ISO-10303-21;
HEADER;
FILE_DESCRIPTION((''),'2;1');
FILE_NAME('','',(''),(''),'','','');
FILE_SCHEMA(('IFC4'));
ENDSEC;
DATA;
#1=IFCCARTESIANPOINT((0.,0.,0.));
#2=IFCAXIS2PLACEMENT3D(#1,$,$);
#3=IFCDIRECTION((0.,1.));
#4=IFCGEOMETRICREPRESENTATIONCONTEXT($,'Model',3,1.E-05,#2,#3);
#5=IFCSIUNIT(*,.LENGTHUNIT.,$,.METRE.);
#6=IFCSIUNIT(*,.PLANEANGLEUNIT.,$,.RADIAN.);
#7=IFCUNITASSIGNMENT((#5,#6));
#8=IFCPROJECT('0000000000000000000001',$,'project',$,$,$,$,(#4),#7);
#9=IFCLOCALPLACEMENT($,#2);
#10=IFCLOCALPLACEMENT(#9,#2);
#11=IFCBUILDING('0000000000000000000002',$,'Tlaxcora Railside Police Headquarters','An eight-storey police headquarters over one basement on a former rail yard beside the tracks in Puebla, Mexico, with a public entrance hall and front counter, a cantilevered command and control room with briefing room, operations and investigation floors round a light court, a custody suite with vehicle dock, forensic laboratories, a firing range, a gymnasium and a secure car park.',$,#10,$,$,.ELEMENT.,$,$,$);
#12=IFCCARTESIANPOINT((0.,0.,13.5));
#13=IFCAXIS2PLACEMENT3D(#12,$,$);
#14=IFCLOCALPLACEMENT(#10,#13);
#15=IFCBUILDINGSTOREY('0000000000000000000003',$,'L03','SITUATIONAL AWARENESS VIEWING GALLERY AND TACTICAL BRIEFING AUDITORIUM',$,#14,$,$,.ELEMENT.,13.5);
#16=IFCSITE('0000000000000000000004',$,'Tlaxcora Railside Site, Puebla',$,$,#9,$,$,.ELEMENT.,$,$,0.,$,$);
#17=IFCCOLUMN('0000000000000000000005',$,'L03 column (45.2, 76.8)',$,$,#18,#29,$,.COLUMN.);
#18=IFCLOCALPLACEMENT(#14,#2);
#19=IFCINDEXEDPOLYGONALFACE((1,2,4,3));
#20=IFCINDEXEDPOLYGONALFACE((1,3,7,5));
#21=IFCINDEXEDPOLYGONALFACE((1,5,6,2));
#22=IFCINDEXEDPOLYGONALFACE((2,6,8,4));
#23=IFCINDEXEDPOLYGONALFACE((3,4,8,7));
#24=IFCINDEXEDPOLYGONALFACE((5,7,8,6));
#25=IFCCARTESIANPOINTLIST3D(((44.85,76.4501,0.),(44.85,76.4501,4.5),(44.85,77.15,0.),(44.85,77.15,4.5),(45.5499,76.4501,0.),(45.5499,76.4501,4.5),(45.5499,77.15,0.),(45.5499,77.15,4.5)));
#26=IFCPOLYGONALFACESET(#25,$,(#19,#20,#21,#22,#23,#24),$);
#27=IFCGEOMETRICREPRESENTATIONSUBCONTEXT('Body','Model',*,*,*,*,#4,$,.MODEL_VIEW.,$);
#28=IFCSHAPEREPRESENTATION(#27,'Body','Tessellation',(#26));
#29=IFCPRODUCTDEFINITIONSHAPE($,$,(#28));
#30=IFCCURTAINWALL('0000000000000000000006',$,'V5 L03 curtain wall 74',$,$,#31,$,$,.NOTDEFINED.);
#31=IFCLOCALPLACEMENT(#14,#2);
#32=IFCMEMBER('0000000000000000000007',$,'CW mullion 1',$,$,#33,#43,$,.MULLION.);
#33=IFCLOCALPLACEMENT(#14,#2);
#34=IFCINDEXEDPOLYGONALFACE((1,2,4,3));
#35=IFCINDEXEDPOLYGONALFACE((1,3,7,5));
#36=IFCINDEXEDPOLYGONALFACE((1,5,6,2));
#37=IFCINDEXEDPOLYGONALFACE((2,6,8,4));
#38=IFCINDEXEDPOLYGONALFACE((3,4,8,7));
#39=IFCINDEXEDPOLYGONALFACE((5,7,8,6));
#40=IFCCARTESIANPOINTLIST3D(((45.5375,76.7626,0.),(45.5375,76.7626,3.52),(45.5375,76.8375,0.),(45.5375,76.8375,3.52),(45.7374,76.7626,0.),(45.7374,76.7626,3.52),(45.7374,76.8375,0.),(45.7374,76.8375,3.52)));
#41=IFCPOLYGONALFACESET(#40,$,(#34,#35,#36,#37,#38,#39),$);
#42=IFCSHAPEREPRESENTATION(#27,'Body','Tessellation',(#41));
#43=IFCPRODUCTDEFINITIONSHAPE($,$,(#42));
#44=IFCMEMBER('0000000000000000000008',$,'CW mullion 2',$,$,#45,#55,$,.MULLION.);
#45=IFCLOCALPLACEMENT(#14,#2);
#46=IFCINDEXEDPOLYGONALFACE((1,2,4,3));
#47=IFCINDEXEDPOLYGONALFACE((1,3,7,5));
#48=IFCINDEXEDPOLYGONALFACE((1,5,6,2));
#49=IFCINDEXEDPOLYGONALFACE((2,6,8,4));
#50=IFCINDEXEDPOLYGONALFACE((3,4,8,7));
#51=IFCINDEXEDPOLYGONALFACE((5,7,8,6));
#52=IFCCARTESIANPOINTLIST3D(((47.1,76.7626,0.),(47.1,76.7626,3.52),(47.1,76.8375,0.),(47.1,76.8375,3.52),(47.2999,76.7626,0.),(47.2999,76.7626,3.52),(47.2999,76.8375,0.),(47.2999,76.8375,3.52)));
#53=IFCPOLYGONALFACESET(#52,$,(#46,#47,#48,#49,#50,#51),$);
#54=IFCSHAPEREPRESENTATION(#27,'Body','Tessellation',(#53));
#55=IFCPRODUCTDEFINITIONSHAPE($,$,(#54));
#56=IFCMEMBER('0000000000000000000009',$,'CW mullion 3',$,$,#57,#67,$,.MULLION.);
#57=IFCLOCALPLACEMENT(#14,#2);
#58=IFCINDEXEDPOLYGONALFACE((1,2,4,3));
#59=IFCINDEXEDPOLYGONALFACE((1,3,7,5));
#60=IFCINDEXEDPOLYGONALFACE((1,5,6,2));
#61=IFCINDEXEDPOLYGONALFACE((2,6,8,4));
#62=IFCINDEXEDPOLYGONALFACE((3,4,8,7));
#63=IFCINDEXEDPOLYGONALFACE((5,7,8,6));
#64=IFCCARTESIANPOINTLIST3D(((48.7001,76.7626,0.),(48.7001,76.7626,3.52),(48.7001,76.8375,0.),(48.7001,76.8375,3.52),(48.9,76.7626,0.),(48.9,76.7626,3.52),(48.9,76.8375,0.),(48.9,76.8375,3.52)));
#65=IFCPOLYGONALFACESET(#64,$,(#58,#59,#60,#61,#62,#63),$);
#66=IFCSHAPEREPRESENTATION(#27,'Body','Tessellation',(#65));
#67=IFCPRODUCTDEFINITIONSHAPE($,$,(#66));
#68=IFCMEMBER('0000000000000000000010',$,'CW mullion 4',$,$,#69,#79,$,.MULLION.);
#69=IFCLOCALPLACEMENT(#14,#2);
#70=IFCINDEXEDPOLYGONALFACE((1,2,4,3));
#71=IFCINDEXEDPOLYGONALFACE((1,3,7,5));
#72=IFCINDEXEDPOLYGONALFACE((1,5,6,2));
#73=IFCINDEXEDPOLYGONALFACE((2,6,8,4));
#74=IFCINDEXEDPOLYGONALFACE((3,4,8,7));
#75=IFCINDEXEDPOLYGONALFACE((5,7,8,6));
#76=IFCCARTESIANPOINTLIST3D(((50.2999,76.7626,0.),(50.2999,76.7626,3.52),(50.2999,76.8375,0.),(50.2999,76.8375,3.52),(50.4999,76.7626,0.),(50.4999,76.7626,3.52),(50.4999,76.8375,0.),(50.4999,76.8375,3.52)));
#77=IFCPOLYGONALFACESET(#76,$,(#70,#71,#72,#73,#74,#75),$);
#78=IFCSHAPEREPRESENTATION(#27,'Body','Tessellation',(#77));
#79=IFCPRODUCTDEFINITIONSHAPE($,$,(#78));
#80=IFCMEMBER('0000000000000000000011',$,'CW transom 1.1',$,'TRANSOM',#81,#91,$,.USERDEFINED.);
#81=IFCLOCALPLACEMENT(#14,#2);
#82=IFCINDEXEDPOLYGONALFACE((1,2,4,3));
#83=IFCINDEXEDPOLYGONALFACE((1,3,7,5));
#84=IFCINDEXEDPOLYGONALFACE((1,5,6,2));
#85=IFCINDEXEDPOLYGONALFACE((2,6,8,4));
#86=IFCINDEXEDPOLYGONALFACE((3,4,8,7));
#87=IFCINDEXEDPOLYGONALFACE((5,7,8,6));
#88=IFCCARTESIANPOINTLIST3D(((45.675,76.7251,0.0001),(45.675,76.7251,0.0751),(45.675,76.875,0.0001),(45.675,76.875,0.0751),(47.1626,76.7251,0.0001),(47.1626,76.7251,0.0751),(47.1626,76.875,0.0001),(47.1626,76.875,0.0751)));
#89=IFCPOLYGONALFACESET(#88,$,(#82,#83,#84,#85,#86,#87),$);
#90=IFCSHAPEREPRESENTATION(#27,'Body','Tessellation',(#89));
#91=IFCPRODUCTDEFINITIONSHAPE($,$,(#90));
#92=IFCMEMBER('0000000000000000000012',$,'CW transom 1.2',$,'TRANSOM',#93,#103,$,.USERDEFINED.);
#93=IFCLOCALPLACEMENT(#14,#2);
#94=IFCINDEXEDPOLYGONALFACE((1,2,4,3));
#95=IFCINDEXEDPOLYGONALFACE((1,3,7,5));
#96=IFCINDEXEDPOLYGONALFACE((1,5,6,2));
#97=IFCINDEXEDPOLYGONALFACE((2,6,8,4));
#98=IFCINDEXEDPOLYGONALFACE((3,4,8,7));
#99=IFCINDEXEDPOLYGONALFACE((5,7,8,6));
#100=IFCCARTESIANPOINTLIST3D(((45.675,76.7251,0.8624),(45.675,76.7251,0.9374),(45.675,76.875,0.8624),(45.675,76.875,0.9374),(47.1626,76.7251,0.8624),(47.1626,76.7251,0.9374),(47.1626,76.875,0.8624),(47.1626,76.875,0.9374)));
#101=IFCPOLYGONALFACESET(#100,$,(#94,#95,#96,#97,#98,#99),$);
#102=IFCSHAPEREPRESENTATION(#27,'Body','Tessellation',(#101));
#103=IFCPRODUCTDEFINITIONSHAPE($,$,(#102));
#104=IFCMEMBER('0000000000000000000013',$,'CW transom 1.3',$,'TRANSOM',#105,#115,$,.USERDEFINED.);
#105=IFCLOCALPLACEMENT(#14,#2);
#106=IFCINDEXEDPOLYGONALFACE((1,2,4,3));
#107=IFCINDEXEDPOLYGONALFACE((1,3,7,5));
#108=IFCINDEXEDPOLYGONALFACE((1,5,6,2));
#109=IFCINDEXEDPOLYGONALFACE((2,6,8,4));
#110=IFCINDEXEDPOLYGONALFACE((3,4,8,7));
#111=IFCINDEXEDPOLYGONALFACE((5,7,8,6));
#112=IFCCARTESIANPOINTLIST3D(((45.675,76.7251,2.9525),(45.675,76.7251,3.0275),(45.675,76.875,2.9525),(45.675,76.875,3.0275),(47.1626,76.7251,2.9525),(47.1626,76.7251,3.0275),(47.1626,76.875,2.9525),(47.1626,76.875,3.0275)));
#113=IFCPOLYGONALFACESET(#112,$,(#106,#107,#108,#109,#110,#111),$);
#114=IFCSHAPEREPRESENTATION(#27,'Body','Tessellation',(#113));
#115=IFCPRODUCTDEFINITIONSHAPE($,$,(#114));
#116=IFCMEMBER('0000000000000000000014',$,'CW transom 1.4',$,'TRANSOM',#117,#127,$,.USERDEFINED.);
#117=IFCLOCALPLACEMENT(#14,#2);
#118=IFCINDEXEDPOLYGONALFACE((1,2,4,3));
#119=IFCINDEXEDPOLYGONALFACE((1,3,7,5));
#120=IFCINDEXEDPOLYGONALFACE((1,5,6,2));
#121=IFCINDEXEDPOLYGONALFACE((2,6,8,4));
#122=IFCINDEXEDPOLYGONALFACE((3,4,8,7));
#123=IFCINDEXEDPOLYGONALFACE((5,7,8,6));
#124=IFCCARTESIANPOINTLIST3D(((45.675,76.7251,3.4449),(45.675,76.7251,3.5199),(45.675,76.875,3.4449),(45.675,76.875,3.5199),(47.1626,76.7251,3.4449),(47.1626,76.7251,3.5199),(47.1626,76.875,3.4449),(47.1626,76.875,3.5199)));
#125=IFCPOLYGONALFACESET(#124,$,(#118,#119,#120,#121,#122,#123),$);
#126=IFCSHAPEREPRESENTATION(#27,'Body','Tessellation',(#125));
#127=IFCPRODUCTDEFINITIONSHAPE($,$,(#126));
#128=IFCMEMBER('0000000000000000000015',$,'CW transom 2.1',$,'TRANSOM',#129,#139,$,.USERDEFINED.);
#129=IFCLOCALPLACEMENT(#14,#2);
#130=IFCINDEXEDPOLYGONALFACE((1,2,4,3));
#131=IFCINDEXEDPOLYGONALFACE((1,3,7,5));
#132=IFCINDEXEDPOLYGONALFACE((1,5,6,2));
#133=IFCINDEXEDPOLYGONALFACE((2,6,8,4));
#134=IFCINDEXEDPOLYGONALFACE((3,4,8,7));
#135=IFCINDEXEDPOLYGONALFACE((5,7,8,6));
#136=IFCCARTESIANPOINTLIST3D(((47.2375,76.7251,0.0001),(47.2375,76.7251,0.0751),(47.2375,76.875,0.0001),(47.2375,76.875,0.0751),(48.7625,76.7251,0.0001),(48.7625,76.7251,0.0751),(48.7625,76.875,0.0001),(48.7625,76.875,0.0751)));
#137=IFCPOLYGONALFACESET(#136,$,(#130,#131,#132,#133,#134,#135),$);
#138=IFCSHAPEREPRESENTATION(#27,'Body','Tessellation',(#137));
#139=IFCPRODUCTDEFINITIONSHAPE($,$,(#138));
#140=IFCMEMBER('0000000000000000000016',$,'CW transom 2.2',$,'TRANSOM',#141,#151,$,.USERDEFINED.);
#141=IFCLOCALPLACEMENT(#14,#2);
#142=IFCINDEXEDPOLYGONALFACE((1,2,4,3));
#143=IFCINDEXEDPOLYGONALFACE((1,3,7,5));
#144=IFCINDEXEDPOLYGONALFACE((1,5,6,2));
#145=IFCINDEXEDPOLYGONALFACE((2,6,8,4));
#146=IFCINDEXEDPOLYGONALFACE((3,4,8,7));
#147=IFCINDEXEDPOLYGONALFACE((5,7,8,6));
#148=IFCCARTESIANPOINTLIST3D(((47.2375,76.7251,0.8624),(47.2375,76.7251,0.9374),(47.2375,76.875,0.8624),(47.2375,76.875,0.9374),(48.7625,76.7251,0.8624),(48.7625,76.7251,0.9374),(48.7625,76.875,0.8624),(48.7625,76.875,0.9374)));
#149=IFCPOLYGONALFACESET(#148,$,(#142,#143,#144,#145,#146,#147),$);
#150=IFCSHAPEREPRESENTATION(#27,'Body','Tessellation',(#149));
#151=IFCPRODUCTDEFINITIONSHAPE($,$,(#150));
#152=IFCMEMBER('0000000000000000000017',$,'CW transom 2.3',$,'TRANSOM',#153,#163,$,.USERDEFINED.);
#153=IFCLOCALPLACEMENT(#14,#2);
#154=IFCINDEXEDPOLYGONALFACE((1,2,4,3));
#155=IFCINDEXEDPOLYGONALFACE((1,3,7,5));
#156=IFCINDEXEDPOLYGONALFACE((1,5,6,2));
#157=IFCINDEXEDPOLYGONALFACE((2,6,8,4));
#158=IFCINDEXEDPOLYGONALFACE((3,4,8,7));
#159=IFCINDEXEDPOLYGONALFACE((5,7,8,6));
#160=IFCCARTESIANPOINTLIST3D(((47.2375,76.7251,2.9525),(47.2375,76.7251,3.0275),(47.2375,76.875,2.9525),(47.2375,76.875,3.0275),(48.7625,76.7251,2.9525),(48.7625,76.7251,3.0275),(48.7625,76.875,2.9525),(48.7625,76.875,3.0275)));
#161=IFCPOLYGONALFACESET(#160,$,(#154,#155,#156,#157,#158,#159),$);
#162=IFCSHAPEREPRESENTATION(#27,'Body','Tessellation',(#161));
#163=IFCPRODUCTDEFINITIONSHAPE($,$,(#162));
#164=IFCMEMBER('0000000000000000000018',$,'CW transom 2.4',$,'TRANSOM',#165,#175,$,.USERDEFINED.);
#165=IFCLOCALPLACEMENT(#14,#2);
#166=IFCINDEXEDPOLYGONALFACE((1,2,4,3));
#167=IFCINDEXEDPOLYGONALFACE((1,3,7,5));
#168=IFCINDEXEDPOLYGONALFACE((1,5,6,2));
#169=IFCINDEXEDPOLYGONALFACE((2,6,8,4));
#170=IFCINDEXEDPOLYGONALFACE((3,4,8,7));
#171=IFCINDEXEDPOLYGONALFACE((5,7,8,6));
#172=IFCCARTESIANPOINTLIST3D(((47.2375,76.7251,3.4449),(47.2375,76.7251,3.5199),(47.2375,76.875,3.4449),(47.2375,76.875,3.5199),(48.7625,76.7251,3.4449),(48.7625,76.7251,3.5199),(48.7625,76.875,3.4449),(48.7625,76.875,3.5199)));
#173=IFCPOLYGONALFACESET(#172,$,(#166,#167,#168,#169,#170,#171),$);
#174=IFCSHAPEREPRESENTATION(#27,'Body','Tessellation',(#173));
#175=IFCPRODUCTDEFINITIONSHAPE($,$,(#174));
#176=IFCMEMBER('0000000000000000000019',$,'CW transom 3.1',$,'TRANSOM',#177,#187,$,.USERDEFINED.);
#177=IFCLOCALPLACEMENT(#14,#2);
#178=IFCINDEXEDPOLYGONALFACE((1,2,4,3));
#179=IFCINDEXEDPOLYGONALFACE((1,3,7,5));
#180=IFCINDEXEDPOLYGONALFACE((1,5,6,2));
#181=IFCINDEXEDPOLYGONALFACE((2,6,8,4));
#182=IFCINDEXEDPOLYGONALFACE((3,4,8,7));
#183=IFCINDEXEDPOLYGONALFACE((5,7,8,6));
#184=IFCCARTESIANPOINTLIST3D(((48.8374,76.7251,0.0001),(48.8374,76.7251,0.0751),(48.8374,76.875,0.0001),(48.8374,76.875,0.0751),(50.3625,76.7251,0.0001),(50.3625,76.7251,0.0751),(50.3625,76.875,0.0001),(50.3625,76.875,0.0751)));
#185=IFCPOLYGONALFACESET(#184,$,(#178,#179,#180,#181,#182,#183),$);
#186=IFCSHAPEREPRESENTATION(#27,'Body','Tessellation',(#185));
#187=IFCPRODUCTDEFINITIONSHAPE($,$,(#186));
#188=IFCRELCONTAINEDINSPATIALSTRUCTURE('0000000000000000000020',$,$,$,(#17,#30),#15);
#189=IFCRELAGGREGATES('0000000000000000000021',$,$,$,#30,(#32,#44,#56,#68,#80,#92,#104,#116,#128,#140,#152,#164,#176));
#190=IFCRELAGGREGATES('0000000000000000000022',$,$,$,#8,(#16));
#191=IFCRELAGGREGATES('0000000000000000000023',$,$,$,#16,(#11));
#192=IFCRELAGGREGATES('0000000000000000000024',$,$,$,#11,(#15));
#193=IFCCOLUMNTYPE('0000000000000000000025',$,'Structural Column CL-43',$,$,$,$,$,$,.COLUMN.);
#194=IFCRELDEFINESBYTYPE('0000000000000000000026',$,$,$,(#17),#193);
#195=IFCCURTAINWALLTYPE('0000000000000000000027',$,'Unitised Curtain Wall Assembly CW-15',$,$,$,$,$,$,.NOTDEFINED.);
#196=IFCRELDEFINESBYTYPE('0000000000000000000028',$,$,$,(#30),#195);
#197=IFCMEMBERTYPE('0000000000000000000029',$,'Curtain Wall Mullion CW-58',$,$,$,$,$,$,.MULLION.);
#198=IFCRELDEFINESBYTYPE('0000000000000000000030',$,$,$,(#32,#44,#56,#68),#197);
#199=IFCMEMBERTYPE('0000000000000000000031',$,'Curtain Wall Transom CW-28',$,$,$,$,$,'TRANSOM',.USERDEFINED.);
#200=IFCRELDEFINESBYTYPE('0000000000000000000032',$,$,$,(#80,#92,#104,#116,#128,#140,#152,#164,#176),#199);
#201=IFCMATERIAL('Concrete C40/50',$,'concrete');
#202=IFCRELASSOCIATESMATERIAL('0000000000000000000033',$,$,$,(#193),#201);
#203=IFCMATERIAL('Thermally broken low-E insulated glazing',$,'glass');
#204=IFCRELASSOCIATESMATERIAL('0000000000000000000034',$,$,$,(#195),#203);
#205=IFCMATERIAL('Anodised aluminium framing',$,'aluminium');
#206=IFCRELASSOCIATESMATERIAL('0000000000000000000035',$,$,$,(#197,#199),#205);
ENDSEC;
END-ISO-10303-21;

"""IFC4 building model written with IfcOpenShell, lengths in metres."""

from ifc_helpers import new_model, si_unit, direction, frame, origin, origin_2d, place, context, subcontext, project, spatial, rectangle, extrude, material, material_profile, profile_set, type_object, element, aggregate, save


model = new_model("IFC4")

# Units and contexts
model_context = context("Model", 3, precision=1e-05, world=origin(), true_north=direction((0.0, 1.0)))
body_context = subcontext(model_context, "Body", "Model", "MODEL_VIEW")
ifc_project = project(units=[si_unit("LENGTHUNIT", "METRE"), si_unit("PLANEANGLEUNIT", "RADIAN")], contexts=[model_context])

# Site, building, storey
site_placement = place(None, origin())
site = spatial("IfcSite", under=ifc_project, at=site_placement, Name="Tlaxcora Railside Site, Puebla", CompositionType="ELEMENT", RefElevation=0.0)
building_placement = place(site_placement, origin())
building = spatial("IfcBuilding", under=site, at=building_placement, Name="Tlaxcora Railside Police Headquarters", Description="An eight-storey police headquarters over one basement on a former rail yard beside the tracks in Puebla, Mexico, with a public entrance hall and front counter, a cantilevered command and control room with briefing room, operations and investigation floors round a light court, a custody suite with vehicle dock, forensic laboratories, a firing range, a gymnasium and a secure car park.", CompositionType="ELEMENT")
storey_placement = place(building_placement, frame((0.0, 0.0, 13.5)))
storey = spatial("IfcBuildingStorey", under=building, at=storey_placement, Name="L03", Description="SITUATIONAL AWARENESS VIEWING GALLERY AND TACTICAL BRIEFING AUDITORIUM", CompositionType="ELEMENT", Elevation=13.5)

# Column
ifc_material_1 = material(Name="Concrete C40/50", Category="concrete")
ifc_material_profile_1 = material_profile(ifc_material_1, rectangle(XDim=0.7, YDim=0.7, at=origin_2d()), Name="RC700X700")
ifc_profile_set_1 = profile_set([ifc_material_profile_1], Name="Concrete C40/50")
column_type = type_object("IfcColumnType", Name="Structural Column CL-43", PredefinedType="COLUMN", material=ifc_profile_set_1)
column_placement = place(storey_placement, frame((45.2, 76.8, 0.0), z_axis=(0.0, 0.0, 1.0), x_axis=(1.0, 0.0, 0.0)))
element("IfcColumn", 1, at=column_placement, inside=storey, type_object=column_type, Name="L03 column (45.2, 76.8)", PredefinedType="COLUMN", context=body_context, shape_type="SweptSolid", body=[
    extrude(rectangle(XDim=0.7, YDim=0.7, at=origin_2d()), origin(), (0.0, 0.0, 1.0), 4.5),
])

# Curtain wall, members
ifc_material_2 = material(Name="Thermally broken low-E insulated glazing", Category="glass")
curtain_wall_type = type_object("IfcCurtainWallType", Name="Unitised Curtain Wall Assembly CW-15", PredefinedType="NOTDEFINED", material=ifc_material_2)
curtain_wall_placement = place(storey_placement, origin())
curtain_wall = element("IfcCurtainWall", 2, at=curtain_wall_placement, inside=storey, type_object=curtain_wall_type, Name="V5 L03 curtain wall 74", PredefinedType="NOTDEFINED")
ifc_material_3 = material(Name="Anodised aluminium framing", Category="aluminium")
ifc_material_profile_2 = material_profile(ifc_material_3, rectangle(XDim=0.075, YDim=0.2, at=origin_2d()), Name="AL75X200")
ifc_profile_set_2 = profile_set([ifc_material_profile_2], Name="Anodised aluminium framing")
member_type_1 = type_object("IfcMemberType", Name="Curtain Wall Mullion CW-58", PredefinedType="MULLION", material=ifc_profile_set_2)
member_1_placement = place(storey_placement, frame((45.6375, 76.8, 0.0), z_axis=(0.0, 0.0, 1.0), x_axis=(0.0, 1.0, 0.0)))
member_1 = element("IfcMember", 3, at=member_1_placement, type_object=member_type_1, Name="CW mullion 1", PredefinedType="MULLION", context=body_context, shape_type="SweptSolid", body=[
    extrude(rectangle(XDim=0.075, YDim=0.2, at=origin_2d()), origin(), (0.0, 0.0, 1.0), 3.52),
])
member_2_placement = place(storey_placement, frame((47.2, 76.8, 0.0), z_axis=(0.0, 0.0, 1.0), x_axis=(0.0, 1.0, 0.0)))
member_2 = element("IfcMember", 4, at=member_2_placement, type_object=member_type_1, Name="CW mullion 2", PredefinedType="MULLION", context=body_context, shape_type="SweptSolid", body=[
    extrude(rectangle(XDim=0.075, YDim=0.2, at=origin_2d()), origin(), (0.0, 0.0, 1.0), 3.52),
])
member_3_placement = place(storey_placement, frame((48.8, 76.8, 0.0), z_axis=(0.0, 0.0, 1.0), x_axis=(0.0, 1.0, 0.0)))
member_3 = element("IfcMember", 5, at=member_3_placement, type_object=member_type_1, Name="CW mullion 3", PredefinedType="MULLION", context=body_context, shape_type="SweptSolid", body=[
    extrude(rectangle(XDim=0.075, YDim=0.2, at=origin_2d()), origin(), (0.0, 0.0, 1.0), 3.52),
])
member_4_placement = place(storey_placement, frame((50.3999, 76.8, 0.0), z_axis=(0.0, 0.0, 1.0), x_axis=(0.0, 1.0, 0.0)))
member_4 = element("IfcMember", 6, at=member_4_placement, type_object=member_type_1, Name="CW mullion 4", PredefinedType="MULLION", context=body_context, shape_type="SweptSolid", body=[
    extrude(rectangle(XDim=0.075, YDim=0.2, at=origin_2d()), origin(), (0.0, 0.0, 1.0), 3.52),
])
ifc_material_profile_3 = material_profile(ifc_material_3, rectangle(XDim=0.1499, YDim=0.075, at=origin_2d()), Name="AL75X150")
ifc_profile_set_3 = profile_set([ifc_material_profile_3], Name="Anodised aluminium framing")
member_type_2 = type_object("IfcMemberType", Name="Curtain Wall Transom CW-28", ElementType="TRANSOM", PredefinedType="USERDEFINED", material=ifc_profile_set_3)
member_5_placement = place(storey_placement, frame((45.675, 76.8, 0.0376), z_axis=(1.0, 0.0, 0.0), x_axis=(0.0, 1.0, 0.0)))
member_5 = element("IfcMember", 7, at=member_5_placement, type_object=member_type_2, Name="CW transom 1.1", ObjectType="TRANSOM", PredefinedType="USERDEFINED", context=body_context, shape_type="SweptSolid", body=[
    extrude(rectangle(XDim=0.1499, YDim=0.075, at=origin_2d()), origin(), (0.0, 0.0, 1.0), 1.4875),
])
member_6_placement = place(storey_placement, frame((45.675, 76.8, 0.8999), z_axis=(1.0, 0.0, 0.0), x_axis=(0.0, 1.0, 0.0)))
member_6 = element("IfcMember", 8, at=member_6_placement, type_object=member_type_2, Name="CW transom 1.2", ObjectType="TRANSOM", PredefinedType="USERDEFINED", context=body_context, shape_type="SweptSolid", body=[
    extrude(rectangle(XDim=0.1499, YDim=0.075, at=origin_2d()), origin(), (0.0, 0.0, 1.0), 1.4875),
])
member_7_placement = place(storey_placement, frame((45.675, 76.8, 2.99), z_axis=(1.0, 0.0, 0.0), x_axis=(0.0, 1.0, 0.0)))
member_7 = element("IfcMember", 9, at=member_7_placement, type_object=member_type_2, Name="CW transom 1.3", ObjectType="TRANSOM", PredefinedType="USERDEFINED", context=body_context, shape_type="SweptSolid", body=[
    extrude(rectangle(XDim=0.1499, YDim=0.075, at=origin_2d()), origin(), (0.0, 0.0, 1.0), 1.4875),
])
member_8_placement = place(storey_placement, frame((45.675, 76.8, 3.4824), z_axis=(1.0, 0.0, 0.0), x_axis=(0.0, 1.0, 0.0)))
member_8 = element("IfcMember", 10, at=member_8_placement, type_object=member_type_2, Name="CW transom 1.4", ObjectType="TRANSOM", PredefinedType="USERDEFINED", context=body_context, shape_type="SweptSolid", body=[
    extrude(rectangle(XDim=0.1499, YDim=0.075, at=origin_2d()), origin(), (0.0, 0.0, 1.0), 1.4875),
])
member_9_placement = place(storey_placement, frame((47.2375, 76.8, 0.0376), z_axis=(1.0, 0.0, 0.0), x_axis=(0.0, 1.0, 0.0)))
member_9 = element("IfcMember", 11, at=member_9_placement, type_object=member_type_2, Name="CW transom 2.1", ObjectType="TRANSOM", PredefinedType="USERDEFINED", context=body_context, shape_type="SweptSolid", body=[
    extrude(rectangle(XDim=0.1499, YDim=0.075, at=origin_2d()), origin(), (0.0, 0.0, 1.0), 1.5249),
])
member_10_placement = place(storey_placement, frame((47.2375, 76.8, 0.8999), z_axis=(1.0, 0.0, 0.0), x_axis=(0.0, 1.0, 0.0)))
member_10 = element("IfcMember", 12, at=member_10_placement, type_object=member_type_2, Name="CW transom 2.2", ObjectType="TRANSOM", PredefinedType="USERDEFINED", context=body_context, shape_type="SweptSolid", body=[
    extrude(rectangle(XDim=0.1499, YDim=0.075, at=origin_2d()), origin(), (0.0, 0.0, 1.0), 1.5249),
])
member_11_placement = place(storey_placement, frame((47.2375, 76.8, 2.99), z_axis=(1.0, 0.0, 0.0), x_axis=(0.0, 1.0, 0.0)))
member_11 = element("IfcMember", 13, at=member_11_placement, type_object=member_type_2, Name="CW transom 2.3", ObjectType="TRANSOM", PredefinedType="USERDEFINED", context=body_context, shape_type="SweptSolid", body=[
    extrude(rectangle(XDim=0.1499, YDim=0.075, at=origin_2d()), origin(), (0.0, 0.0, 1.0), 1.5249),
])
member_12_placement = place(storey_placement, frame((47.2375, 76.8, 3.4824), z_axis=(1.0, 0.0, 0.0), x_axis=(0.0, 1.0, 0.0)))
member_12 = element("IfcMember", 14, at=member_12_placement, type_object=member_type_2, Name="CW transom 2.4", ObjectType="TRANSOM", PredefinedType="USERDEFINED", context=body_context, shape_type="SweptSolid", body=[
    extrude(rectangle(XDim=0.1499, YDim=0.075, at=origin_2d()), origin(), (0.0, 0.0, 1.0), 1.5249),
])
member_13_placement = place(storey_placement, frame((48.8374, 76.8, 0.0376), z_axis=(1.0, 0.0, 0.0), x_axis=(0.0, 1.0, 0.0)))
member_13 = element("IfcMember", 15, at=member_13_placement, type_object=member_type_2, Name="CW transom 3.1", ObjectType="TRANSOM", PredefinedType="USERDEFINED", context=body_context, shape_type="SweptSolid", body=[
    extrude(rectangle(XDim=0.1499, YDim=0.075, at=origin_2d()), origin(), (0.0, 0.0, 1.0), 1.5251),
])

aggregate(curtain_wall, [member_1, member_2, member_3, member_4, member_5, member_6, member_7, member_8, member_9, member_10, member_11, member_12, member_13])

save(model, "model.ifc")
